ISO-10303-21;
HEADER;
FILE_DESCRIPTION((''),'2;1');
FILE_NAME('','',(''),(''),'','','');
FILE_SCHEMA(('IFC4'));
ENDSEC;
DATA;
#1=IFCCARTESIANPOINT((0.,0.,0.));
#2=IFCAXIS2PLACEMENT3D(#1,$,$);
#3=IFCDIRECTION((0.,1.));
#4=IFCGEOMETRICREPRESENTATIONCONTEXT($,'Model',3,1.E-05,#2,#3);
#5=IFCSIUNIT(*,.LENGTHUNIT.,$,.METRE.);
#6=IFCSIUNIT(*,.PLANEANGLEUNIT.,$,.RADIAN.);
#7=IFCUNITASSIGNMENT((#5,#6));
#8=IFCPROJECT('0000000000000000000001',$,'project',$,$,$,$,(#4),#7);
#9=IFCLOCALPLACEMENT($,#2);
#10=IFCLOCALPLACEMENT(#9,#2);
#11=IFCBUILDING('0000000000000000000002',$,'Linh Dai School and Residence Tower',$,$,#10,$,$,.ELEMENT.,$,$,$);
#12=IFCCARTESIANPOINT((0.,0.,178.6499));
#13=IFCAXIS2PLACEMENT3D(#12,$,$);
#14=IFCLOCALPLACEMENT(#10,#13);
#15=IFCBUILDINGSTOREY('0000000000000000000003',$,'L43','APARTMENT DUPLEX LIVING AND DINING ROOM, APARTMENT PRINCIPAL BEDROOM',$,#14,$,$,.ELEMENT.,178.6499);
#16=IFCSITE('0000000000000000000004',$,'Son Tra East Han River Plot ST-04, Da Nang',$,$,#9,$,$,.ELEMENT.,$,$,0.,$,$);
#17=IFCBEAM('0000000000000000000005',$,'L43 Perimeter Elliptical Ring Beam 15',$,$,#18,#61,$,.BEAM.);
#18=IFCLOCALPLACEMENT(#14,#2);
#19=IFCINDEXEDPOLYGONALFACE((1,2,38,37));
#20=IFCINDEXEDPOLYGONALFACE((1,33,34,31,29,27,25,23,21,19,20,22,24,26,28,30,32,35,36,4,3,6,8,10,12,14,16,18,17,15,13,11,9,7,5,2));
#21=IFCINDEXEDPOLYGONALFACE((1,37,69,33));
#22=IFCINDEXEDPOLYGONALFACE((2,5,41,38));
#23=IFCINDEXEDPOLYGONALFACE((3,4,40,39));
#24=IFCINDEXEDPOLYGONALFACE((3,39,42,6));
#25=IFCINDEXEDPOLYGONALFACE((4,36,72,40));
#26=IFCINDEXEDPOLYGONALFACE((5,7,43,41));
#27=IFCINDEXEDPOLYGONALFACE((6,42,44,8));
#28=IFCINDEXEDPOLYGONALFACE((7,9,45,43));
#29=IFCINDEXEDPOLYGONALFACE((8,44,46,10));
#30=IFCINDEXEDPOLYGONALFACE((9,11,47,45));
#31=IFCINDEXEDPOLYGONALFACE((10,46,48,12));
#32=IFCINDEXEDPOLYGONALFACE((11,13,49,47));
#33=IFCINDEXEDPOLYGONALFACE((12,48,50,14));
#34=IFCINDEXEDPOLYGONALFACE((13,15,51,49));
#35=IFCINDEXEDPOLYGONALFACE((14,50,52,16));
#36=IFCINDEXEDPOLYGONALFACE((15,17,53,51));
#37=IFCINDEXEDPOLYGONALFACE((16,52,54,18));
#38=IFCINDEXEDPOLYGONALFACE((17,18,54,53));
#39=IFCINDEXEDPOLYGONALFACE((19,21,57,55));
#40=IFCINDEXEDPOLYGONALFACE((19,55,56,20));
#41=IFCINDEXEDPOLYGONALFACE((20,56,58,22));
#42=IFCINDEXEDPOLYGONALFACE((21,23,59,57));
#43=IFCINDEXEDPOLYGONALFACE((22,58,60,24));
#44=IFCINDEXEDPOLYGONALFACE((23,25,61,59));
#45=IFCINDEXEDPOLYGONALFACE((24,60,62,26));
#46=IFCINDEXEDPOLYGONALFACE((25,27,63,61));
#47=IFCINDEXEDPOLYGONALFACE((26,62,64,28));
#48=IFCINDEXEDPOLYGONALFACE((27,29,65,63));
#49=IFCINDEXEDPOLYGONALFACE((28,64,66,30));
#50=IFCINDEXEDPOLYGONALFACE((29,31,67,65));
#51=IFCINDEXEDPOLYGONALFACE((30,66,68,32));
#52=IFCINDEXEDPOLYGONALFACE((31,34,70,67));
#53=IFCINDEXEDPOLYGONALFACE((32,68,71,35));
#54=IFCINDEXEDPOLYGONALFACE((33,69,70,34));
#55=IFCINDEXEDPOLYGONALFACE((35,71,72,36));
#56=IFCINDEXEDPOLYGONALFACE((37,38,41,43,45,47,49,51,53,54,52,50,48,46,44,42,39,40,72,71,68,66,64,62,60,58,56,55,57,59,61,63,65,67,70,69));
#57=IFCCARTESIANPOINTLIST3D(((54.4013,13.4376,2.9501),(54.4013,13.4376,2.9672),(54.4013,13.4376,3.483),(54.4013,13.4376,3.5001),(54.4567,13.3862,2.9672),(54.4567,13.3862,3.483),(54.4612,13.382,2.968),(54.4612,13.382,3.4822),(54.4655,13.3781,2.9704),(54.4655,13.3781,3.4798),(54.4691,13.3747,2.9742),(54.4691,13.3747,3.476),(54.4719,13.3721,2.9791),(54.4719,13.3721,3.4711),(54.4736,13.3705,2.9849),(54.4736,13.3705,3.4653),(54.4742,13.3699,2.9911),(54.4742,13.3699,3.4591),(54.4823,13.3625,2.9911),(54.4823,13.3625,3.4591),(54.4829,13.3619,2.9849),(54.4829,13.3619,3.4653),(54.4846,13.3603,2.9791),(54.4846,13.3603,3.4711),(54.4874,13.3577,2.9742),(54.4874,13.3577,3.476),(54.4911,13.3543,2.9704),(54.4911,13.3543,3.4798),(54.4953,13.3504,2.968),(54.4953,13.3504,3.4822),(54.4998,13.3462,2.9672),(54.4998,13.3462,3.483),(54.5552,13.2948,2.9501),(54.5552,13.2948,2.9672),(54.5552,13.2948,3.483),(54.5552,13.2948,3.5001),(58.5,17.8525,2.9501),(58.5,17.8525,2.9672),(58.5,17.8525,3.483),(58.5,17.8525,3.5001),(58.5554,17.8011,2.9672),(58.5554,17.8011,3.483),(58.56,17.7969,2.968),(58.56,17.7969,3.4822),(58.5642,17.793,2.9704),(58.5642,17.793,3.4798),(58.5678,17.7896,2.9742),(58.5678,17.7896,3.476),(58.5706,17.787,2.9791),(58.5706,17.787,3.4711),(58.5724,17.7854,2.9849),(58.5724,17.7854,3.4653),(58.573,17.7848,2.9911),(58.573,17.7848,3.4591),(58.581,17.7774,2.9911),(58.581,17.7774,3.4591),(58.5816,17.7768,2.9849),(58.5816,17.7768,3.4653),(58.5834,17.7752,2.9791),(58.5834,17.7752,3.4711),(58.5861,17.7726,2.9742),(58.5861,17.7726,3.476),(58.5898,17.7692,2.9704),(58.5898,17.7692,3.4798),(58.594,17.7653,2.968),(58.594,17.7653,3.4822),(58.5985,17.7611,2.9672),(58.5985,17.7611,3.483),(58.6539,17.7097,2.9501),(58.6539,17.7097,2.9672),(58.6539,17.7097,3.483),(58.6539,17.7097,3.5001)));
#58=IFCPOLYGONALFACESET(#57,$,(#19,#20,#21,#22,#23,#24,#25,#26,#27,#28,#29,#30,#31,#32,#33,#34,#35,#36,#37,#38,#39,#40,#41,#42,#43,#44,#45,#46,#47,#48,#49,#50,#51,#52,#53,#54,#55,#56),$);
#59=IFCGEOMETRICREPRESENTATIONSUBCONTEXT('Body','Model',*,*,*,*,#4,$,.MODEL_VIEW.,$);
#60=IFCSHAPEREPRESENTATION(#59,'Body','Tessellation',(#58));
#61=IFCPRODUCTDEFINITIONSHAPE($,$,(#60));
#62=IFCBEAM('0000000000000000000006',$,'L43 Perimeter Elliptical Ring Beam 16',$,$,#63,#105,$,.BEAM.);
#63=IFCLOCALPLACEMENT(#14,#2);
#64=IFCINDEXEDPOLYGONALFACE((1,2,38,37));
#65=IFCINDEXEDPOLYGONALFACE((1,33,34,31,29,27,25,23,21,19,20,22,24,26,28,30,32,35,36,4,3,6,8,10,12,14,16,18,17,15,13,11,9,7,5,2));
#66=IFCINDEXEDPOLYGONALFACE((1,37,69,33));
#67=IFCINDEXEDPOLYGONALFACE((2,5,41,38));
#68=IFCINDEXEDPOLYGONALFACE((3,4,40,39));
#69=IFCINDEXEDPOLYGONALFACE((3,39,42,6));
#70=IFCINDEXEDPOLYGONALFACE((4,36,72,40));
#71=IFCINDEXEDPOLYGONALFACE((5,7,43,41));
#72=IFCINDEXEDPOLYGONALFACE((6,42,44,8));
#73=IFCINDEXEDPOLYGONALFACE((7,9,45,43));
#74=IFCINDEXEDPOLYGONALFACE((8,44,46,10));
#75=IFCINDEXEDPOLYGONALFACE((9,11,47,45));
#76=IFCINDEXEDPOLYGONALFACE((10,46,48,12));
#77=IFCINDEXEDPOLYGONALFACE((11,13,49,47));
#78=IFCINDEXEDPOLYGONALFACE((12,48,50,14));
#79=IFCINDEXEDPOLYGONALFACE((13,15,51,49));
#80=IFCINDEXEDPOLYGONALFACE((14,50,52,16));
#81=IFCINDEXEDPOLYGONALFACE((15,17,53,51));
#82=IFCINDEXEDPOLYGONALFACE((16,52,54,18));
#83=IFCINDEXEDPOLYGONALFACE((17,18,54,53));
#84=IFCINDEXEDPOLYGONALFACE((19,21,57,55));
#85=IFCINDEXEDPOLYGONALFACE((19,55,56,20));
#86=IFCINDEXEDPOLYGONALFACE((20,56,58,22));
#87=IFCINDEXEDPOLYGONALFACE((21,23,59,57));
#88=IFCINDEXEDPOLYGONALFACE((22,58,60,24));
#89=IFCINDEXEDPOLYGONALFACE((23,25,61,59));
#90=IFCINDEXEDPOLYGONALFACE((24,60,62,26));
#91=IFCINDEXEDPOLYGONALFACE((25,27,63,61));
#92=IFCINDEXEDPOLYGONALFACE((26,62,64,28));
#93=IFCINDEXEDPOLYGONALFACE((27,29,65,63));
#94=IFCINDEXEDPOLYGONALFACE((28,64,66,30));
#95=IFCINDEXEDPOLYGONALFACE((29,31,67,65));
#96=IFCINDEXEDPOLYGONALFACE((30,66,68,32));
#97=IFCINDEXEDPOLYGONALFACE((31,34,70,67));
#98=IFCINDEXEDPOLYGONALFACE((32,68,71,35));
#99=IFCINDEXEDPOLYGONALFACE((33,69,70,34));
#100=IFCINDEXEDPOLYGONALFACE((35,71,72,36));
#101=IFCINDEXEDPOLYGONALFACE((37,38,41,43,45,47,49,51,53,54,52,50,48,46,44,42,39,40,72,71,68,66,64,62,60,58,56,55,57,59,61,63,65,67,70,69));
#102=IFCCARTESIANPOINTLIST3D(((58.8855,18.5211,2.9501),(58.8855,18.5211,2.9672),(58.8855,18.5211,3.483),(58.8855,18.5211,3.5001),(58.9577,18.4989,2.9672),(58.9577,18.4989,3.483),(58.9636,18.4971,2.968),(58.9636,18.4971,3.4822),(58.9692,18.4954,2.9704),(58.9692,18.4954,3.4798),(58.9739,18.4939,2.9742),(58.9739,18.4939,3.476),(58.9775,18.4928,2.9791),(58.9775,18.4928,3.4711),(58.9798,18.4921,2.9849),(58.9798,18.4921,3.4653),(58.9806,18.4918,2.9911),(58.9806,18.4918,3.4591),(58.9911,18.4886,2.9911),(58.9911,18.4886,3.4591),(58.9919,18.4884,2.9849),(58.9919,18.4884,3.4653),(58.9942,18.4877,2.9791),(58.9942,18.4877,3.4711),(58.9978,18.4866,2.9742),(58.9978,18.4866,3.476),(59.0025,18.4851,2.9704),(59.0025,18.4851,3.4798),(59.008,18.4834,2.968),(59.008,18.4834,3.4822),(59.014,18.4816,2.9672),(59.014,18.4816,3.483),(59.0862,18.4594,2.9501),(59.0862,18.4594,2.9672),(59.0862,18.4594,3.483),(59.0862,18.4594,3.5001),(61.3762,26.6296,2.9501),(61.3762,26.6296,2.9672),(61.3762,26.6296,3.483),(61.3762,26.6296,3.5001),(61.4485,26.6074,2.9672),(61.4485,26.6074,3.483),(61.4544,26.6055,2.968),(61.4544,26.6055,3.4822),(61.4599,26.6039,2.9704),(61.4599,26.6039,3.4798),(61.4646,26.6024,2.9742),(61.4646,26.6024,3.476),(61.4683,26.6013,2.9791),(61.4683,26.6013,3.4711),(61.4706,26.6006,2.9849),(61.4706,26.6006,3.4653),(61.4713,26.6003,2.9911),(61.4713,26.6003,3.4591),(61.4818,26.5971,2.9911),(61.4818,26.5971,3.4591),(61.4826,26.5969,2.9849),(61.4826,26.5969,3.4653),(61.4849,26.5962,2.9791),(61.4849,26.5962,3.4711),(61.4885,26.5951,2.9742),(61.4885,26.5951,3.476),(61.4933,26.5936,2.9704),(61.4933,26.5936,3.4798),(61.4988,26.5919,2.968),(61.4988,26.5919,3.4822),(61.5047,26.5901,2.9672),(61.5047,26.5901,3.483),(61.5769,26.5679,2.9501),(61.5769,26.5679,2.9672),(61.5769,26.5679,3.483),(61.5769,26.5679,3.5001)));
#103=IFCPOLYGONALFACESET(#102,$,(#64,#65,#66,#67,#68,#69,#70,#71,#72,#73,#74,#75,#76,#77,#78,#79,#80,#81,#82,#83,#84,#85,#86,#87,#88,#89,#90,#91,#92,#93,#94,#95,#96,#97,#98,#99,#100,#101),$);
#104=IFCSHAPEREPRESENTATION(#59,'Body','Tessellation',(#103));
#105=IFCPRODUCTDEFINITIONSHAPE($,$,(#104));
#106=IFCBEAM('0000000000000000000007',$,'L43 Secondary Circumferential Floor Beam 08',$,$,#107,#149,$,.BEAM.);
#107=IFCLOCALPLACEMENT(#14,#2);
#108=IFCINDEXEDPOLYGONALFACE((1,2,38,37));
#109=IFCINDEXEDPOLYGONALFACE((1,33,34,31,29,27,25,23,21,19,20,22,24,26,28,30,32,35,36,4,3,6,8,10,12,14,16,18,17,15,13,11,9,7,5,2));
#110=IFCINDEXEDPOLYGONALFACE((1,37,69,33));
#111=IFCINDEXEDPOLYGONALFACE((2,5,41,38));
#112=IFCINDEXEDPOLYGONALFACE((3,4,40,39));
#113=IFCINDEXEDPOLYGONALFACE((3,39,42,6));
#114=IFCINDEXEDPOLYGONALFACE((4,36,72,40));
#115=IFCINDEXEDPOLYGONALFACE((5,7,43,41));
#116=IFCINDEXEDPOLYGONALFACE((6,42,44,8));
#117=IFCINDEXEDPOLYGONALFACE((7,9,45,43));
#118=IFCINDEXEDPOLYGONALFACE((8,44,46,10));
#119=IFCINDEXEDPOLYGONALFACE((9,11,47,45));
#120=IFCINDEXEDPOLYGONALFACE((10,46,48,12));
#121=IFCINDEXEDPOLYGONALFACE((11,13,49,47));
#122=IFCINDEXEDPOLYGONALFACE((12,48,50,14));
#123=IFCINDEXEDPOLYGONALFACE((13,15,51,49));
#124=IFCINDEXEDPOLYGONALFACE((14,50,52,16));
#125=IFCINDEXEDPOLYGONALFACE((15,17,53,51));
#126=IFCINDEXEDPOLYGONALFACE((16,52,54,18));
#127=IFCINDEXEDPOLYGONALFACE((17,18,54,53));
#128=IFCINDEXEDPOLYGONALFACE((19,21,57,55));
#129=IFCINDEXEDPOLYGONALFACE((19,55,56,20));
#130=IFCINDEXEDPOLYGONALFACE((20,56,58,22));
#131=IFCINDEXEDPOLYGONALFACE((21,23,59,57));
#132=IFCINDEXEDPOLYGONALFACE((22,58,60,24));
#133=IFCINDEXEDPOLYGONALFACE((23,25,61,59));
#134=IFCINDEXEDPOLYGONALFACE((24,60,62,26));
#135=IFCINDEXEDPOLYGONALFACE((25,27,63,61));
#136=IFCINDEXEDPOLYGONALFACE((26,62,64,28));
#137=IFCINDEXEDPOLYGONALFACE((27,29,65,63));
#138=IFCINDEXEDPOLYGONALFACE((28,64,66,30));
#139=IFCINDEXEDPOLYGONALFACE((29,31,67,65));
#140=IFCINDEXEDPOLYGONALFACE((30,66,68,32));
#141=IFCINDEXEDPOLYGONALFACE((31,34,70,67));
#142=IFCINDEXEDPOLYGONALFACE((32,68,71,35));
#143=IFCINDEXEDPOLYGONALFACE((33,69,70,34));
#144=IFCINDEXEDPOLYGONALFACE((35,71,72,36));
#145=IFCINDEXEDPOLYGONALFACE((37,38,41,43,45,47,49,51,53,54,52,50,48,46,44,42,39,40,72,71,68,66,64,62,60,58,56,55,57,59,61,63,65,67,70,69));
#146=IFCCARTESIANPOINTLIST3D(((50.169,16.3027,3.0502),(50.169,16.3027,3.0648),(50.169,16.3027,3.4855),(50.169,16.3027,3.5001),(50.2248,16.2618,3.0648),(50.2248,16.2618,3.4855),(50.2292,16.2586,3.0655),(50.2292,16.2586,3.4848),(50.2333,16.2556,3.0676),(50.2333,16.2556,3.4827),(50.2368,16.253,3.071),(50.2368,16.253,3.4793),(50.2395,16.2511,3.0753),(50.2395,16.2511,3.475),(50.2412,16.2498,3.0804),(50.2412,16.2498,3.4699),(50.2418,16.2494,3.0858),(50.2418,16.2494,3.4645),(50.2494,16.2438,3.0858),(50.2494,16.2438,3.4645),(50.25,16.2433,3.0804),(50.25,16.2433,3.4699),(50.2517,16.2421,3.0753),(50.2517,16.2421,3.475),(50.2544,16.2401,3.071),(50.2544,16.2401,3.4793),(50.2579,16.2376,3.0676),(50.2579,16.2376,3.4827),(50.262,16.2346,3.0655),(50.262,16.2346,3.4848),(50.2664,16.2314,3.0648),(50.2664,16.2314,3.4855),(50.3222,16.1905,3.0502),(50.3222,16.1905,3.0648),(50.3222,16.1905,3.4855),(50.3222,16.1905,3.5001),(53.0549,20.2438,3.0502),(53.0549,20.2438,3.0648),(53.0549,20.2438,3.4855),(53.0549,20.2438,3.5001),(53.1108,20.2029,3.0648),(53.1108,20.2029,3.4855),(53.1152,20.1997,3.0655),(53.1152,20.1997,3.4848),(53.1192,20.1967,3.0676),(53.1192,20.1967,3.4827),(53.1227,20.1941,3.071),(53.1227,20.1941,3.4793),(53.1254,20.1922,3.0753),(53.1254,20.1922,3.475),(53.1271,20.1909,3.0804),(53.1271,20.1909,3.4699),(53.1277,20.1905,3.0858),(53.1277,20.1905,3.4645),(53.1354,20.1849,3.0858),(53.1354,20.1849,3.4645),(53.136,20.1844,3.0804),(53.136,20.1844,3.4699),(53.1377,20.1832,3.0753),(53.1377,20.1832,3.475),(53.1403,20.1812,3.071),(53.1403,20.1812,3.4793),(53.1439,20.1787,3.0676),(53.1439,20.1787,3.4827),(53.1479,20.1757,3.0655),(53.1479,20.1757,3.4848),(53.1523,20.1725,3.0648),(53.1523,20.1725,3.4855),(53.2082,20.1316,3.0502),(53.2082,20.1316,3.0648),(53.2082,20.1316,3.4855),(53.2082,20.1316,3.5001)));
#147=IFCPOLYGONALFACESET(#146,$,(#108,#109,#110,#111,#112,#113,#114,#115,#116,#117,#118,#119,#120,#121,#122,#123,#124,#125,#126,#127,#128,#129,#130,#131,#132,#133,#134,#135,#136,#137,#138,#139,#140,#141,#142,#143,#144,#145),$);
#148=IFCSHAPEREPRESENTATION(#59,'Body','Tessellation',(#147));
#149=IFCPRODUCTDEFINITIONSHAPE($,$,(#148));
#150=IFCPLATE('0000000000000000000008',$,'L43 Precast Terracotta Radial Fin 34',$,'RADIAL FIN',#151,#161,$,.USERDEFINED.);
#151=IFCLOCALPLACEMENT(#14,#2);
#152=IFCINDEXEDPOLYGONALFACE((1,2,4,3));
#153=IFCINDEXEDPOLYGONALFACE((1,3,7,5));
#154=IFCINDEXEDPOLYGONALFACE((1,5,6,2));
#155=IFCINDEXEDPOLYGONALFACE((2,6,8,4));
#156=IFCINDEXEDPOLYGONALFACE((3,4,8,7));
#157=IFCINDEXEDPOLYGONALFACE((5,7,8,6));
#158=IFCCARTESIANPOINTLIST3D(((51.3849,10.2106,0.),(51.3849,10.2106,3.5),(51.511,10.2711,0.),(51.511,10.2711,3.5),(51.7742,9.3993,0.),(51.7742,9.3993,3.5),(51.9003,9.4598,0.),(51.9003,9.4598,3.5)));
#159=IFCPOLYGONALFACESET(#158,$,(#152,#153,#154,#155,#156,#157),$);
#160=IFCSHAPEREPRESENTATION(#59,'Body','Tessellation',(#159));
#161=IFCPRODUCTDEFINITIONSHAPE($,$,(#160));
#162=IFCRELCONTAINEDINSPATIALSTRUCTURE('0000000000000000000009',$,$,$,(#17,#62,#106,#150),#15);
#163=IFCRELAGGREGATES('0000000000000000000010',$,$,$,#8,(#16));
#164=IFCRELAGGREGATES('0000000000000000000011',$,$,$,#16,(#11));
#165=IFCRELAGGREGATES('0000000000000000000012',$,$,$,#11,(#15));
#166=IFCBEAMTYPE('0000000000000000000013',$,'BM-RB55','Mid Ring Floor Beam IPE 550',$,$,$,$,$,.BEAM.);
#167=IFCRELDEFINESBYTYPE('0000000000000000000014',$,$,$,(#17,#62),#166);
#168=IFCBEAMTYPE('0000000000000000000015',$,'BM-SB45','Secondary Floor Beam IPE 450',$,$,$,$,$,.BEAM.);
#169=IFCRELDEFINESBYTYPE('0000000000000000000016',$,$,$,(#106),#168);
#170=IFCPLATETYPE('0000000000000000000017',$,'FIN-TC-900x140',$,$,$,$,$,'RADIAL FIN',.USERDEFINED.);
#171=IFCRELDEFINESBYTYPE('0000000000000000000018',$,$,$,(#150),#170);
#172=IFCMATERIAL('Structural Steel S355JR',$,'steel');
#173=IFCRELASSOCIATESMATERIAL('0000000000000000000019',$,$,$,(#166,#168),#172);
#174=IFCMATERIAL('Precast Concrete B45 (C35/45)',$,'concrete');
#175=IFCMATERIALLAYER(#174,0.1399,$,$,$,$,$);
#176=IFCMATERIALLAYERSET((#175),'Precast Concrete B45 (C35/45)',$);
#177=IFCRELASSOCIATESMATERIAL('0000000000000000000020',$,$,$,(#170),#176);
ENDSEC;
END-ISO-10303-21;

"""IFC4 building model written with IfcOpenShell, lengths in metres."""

from ifc_helpers import new_model, si_unit, direction, frame, origin, origin_2d, place, context, subcontext, project, spatial, rectangle, i_section, extrude, source, transform, mapped, material, layer, layer_set, material_profile, profile_set, type_object, element, save


model = new_model("IFC4")

# Units and contexts
model_context = context("Model", 3, precision=1e-05, world=origin(), true_north=direction((0.0, 1.0)))
body_context = subcontext(model_context, "Body", "Model", "MODEL_VIEW")
ifc_project = project(units=[si_unit("LENGTHUNIT", "METRE"), si_unit("PLANEANGLEUNIT", "RADIAN")], contexts=[model_context])

# Site, building, storey
site_placement = place(None, origin())
site = spatial("IfcSite", under=ifc_project, at=site_placement, Name="Son Tra East Han River Plot ST-04, Da Nang", CompositionType="ELEMENT", RefElevation=0.0)
building_placement = place(site_placement, origin())
building = spatial("IfcBuilding", under=site, at=building_placement, Name="Linh Dai School and Residence Tower", CompositionType="ELEMENT")
storey_placement = place(building_placement, frame((0.0, 0.0, 178.6499)))
storey = spatial("IfcBuildingStorey", under=building, at=storey_placement, Name="L43", Description="APARTMENT DUPLEX LIVING AND DINING ROOM, APARTMENT PRINCIPAL BEDROOM", CompositionType="ELEMENT", Elevation=178.6499)

# Shared definitions
ifc_material_1 = material(Name="Structural Steel S355JR", Category="steel")

# Beams
ifc_material_profile_1 = material_profile(ifc_material_1, i_section(OverallWidth=0.21, OverallDepth=0.55, WebThickness=0.011, FlangeThickness=0.0171, FilletRadius=0.0239, at=origin_2d()), Name="IPE 550")
ifc_profile_set_1 = profile_set([ifc_material_profile_1], Name="Structural Steel S355JR")
beam_type_1 = type_object("IfcBeamType", Name="BM-RB55", Description="Mid Ring Floor Beam IPE 550", PredefinedType="BEAM", material=ifc_profile_set_1)
beam_1_placement = place(storey_placement, frame((54.4783, 13.3662, 3.2251), z_axis=(0.680378, 0.732861, 0.0), x_axis=(-0.732861, 0.680378, 0.0)))
element("IfcBeam", 1, at=beam_1_placement, inside=storey, type_object=beam_type_1, Name="L43 Perimeter Elliptical Ring Beam 15", PredefinedType="BEAM", context=body_context, shape_type="SweptSolid", body=[
    extrude(i_section(OverallWidth=0.21, OverallDepth=0.55, WebThickness=0.011, FlangeThickness=0.0171, FilletRadius=0.0239, at=origin_2d()), origin(), (0.0, 0.0, 1.0), 6.0242),
])
beam_2_placement = place(storey_placement, frame((58.9858, 18.4902, 3.2251), z_axis=(0.293637, 0.955917, 0.0), x_axis=(-0.955917, 0.293637, 0.0)))
element("IfcBeam", 2, at=beam_2_placement, inside=storey, type_object=beam_type_1, Name="L43 Perimeter Elliptical Ring Beam 16", PredefinedType="BEAM", context=body_context, shape_type="SweptSolid", body=[
    extrude(i_section(OverallWidth=0.21, OverallDepth=0.55, WebThickness=0.011, FlangeThickness=0.0171, FilletRadius=0.0239, at=origin_2d()), origin(), (0.0, 0.0, 1.0), 8.4824),
])
ifc_material_profile_2 = material_profile(ifc_material_1, i_section(OverallWidth=0.1899, OverallDepth=0.45, WebThickness=0.0095, FlangeThickness=0.0146, FilletRadius=0.021, at=origin_2d()), Name="IPE 450")
ifc_profile_set_2 = profile_set([ifc_material_profile_2], Name="Structural Steel S355JR")
beam_type_2 = type_object("IfcBeamType", Name="BM-SB45", Description="Secondary Floor Beam IPE 450", PredefinedType="BEAM", material=ifc_profile_set_2)
beam_3_placement = place(storey_placement, frame((50.2456, 16.2466, 3.2751), z_axis=(0.590805, 0.806815, 0.0), x_axis=(-0.806815, 0.590805, 0.0)))
element("IfcBeam", 3, at=beam_3_placement, inside=storey, type_object=beam_type_2, Name="L43 Secondary Circumferential Floor Beam 08", PredefinedType="BEAM", context=body_context, shape_type="SweptSolid", body=[
    extrude(i_section(OverallWidth=0.1899, OverallDepth=0.45, WebThickness=0.0095, FlangeThickness=0.0146, FilletRadius=0.021, at=origin_2d()), origin(), (0.0, 0.0, 1.0), 4.8848),
])

# Plate
ifc_material_2 = material(Name="Precast Concrete B45 (C35/45)", Category="concrete")
ifc_layer_1 = layer(ifc_material_2, 0.1399)
ifc_layer_set_1 = layer_set([ifc_layer_1], Name="Precast Concrete B45 (C35/45)")
plate_type = type_object("IfcPlateType", Name="FIN-TC-900x140", ElementType="RADIAL FIN", PredefinedType="USERDEFINED", material=ifc_layer_set_1)
shared_shape_1 = source(origin(), body_context, "Body", "SweptSolid", [
    extrude(rectangle(XDim=0.8999, YDim=0.1399, at=origin_2d()), origin(), (0.0, 0.0, 1.0), 3.5),
])
plate_placement = place(storey_placement, frame((51.6426, 9.8352, 0.0), z_axis=(0.0, 0.0, 1.0), x_axis=(0.432635, -0.901569, 0.0)))
element("IfcPlate", 4, at=plate_placement, inside=storey, type_object=plate_type, Name="L43 Precast Terracotta Radial Fin 34", ObjectType="RADIAL FIN", PredefinedType="USERDEFINED", context=body_context, shape_type="MappedRepresentation", body=[
    mapped(shared_shape_1, transform((0.0, 0.0, 0.0), x_axis=(1.0, 0.0, 0.0), y_axis=(0.0, 1.0, 0.0), z_axis=(0.0, 0.0, 1.0), scale=1.0)),
])

save(model, "model.ifc")
